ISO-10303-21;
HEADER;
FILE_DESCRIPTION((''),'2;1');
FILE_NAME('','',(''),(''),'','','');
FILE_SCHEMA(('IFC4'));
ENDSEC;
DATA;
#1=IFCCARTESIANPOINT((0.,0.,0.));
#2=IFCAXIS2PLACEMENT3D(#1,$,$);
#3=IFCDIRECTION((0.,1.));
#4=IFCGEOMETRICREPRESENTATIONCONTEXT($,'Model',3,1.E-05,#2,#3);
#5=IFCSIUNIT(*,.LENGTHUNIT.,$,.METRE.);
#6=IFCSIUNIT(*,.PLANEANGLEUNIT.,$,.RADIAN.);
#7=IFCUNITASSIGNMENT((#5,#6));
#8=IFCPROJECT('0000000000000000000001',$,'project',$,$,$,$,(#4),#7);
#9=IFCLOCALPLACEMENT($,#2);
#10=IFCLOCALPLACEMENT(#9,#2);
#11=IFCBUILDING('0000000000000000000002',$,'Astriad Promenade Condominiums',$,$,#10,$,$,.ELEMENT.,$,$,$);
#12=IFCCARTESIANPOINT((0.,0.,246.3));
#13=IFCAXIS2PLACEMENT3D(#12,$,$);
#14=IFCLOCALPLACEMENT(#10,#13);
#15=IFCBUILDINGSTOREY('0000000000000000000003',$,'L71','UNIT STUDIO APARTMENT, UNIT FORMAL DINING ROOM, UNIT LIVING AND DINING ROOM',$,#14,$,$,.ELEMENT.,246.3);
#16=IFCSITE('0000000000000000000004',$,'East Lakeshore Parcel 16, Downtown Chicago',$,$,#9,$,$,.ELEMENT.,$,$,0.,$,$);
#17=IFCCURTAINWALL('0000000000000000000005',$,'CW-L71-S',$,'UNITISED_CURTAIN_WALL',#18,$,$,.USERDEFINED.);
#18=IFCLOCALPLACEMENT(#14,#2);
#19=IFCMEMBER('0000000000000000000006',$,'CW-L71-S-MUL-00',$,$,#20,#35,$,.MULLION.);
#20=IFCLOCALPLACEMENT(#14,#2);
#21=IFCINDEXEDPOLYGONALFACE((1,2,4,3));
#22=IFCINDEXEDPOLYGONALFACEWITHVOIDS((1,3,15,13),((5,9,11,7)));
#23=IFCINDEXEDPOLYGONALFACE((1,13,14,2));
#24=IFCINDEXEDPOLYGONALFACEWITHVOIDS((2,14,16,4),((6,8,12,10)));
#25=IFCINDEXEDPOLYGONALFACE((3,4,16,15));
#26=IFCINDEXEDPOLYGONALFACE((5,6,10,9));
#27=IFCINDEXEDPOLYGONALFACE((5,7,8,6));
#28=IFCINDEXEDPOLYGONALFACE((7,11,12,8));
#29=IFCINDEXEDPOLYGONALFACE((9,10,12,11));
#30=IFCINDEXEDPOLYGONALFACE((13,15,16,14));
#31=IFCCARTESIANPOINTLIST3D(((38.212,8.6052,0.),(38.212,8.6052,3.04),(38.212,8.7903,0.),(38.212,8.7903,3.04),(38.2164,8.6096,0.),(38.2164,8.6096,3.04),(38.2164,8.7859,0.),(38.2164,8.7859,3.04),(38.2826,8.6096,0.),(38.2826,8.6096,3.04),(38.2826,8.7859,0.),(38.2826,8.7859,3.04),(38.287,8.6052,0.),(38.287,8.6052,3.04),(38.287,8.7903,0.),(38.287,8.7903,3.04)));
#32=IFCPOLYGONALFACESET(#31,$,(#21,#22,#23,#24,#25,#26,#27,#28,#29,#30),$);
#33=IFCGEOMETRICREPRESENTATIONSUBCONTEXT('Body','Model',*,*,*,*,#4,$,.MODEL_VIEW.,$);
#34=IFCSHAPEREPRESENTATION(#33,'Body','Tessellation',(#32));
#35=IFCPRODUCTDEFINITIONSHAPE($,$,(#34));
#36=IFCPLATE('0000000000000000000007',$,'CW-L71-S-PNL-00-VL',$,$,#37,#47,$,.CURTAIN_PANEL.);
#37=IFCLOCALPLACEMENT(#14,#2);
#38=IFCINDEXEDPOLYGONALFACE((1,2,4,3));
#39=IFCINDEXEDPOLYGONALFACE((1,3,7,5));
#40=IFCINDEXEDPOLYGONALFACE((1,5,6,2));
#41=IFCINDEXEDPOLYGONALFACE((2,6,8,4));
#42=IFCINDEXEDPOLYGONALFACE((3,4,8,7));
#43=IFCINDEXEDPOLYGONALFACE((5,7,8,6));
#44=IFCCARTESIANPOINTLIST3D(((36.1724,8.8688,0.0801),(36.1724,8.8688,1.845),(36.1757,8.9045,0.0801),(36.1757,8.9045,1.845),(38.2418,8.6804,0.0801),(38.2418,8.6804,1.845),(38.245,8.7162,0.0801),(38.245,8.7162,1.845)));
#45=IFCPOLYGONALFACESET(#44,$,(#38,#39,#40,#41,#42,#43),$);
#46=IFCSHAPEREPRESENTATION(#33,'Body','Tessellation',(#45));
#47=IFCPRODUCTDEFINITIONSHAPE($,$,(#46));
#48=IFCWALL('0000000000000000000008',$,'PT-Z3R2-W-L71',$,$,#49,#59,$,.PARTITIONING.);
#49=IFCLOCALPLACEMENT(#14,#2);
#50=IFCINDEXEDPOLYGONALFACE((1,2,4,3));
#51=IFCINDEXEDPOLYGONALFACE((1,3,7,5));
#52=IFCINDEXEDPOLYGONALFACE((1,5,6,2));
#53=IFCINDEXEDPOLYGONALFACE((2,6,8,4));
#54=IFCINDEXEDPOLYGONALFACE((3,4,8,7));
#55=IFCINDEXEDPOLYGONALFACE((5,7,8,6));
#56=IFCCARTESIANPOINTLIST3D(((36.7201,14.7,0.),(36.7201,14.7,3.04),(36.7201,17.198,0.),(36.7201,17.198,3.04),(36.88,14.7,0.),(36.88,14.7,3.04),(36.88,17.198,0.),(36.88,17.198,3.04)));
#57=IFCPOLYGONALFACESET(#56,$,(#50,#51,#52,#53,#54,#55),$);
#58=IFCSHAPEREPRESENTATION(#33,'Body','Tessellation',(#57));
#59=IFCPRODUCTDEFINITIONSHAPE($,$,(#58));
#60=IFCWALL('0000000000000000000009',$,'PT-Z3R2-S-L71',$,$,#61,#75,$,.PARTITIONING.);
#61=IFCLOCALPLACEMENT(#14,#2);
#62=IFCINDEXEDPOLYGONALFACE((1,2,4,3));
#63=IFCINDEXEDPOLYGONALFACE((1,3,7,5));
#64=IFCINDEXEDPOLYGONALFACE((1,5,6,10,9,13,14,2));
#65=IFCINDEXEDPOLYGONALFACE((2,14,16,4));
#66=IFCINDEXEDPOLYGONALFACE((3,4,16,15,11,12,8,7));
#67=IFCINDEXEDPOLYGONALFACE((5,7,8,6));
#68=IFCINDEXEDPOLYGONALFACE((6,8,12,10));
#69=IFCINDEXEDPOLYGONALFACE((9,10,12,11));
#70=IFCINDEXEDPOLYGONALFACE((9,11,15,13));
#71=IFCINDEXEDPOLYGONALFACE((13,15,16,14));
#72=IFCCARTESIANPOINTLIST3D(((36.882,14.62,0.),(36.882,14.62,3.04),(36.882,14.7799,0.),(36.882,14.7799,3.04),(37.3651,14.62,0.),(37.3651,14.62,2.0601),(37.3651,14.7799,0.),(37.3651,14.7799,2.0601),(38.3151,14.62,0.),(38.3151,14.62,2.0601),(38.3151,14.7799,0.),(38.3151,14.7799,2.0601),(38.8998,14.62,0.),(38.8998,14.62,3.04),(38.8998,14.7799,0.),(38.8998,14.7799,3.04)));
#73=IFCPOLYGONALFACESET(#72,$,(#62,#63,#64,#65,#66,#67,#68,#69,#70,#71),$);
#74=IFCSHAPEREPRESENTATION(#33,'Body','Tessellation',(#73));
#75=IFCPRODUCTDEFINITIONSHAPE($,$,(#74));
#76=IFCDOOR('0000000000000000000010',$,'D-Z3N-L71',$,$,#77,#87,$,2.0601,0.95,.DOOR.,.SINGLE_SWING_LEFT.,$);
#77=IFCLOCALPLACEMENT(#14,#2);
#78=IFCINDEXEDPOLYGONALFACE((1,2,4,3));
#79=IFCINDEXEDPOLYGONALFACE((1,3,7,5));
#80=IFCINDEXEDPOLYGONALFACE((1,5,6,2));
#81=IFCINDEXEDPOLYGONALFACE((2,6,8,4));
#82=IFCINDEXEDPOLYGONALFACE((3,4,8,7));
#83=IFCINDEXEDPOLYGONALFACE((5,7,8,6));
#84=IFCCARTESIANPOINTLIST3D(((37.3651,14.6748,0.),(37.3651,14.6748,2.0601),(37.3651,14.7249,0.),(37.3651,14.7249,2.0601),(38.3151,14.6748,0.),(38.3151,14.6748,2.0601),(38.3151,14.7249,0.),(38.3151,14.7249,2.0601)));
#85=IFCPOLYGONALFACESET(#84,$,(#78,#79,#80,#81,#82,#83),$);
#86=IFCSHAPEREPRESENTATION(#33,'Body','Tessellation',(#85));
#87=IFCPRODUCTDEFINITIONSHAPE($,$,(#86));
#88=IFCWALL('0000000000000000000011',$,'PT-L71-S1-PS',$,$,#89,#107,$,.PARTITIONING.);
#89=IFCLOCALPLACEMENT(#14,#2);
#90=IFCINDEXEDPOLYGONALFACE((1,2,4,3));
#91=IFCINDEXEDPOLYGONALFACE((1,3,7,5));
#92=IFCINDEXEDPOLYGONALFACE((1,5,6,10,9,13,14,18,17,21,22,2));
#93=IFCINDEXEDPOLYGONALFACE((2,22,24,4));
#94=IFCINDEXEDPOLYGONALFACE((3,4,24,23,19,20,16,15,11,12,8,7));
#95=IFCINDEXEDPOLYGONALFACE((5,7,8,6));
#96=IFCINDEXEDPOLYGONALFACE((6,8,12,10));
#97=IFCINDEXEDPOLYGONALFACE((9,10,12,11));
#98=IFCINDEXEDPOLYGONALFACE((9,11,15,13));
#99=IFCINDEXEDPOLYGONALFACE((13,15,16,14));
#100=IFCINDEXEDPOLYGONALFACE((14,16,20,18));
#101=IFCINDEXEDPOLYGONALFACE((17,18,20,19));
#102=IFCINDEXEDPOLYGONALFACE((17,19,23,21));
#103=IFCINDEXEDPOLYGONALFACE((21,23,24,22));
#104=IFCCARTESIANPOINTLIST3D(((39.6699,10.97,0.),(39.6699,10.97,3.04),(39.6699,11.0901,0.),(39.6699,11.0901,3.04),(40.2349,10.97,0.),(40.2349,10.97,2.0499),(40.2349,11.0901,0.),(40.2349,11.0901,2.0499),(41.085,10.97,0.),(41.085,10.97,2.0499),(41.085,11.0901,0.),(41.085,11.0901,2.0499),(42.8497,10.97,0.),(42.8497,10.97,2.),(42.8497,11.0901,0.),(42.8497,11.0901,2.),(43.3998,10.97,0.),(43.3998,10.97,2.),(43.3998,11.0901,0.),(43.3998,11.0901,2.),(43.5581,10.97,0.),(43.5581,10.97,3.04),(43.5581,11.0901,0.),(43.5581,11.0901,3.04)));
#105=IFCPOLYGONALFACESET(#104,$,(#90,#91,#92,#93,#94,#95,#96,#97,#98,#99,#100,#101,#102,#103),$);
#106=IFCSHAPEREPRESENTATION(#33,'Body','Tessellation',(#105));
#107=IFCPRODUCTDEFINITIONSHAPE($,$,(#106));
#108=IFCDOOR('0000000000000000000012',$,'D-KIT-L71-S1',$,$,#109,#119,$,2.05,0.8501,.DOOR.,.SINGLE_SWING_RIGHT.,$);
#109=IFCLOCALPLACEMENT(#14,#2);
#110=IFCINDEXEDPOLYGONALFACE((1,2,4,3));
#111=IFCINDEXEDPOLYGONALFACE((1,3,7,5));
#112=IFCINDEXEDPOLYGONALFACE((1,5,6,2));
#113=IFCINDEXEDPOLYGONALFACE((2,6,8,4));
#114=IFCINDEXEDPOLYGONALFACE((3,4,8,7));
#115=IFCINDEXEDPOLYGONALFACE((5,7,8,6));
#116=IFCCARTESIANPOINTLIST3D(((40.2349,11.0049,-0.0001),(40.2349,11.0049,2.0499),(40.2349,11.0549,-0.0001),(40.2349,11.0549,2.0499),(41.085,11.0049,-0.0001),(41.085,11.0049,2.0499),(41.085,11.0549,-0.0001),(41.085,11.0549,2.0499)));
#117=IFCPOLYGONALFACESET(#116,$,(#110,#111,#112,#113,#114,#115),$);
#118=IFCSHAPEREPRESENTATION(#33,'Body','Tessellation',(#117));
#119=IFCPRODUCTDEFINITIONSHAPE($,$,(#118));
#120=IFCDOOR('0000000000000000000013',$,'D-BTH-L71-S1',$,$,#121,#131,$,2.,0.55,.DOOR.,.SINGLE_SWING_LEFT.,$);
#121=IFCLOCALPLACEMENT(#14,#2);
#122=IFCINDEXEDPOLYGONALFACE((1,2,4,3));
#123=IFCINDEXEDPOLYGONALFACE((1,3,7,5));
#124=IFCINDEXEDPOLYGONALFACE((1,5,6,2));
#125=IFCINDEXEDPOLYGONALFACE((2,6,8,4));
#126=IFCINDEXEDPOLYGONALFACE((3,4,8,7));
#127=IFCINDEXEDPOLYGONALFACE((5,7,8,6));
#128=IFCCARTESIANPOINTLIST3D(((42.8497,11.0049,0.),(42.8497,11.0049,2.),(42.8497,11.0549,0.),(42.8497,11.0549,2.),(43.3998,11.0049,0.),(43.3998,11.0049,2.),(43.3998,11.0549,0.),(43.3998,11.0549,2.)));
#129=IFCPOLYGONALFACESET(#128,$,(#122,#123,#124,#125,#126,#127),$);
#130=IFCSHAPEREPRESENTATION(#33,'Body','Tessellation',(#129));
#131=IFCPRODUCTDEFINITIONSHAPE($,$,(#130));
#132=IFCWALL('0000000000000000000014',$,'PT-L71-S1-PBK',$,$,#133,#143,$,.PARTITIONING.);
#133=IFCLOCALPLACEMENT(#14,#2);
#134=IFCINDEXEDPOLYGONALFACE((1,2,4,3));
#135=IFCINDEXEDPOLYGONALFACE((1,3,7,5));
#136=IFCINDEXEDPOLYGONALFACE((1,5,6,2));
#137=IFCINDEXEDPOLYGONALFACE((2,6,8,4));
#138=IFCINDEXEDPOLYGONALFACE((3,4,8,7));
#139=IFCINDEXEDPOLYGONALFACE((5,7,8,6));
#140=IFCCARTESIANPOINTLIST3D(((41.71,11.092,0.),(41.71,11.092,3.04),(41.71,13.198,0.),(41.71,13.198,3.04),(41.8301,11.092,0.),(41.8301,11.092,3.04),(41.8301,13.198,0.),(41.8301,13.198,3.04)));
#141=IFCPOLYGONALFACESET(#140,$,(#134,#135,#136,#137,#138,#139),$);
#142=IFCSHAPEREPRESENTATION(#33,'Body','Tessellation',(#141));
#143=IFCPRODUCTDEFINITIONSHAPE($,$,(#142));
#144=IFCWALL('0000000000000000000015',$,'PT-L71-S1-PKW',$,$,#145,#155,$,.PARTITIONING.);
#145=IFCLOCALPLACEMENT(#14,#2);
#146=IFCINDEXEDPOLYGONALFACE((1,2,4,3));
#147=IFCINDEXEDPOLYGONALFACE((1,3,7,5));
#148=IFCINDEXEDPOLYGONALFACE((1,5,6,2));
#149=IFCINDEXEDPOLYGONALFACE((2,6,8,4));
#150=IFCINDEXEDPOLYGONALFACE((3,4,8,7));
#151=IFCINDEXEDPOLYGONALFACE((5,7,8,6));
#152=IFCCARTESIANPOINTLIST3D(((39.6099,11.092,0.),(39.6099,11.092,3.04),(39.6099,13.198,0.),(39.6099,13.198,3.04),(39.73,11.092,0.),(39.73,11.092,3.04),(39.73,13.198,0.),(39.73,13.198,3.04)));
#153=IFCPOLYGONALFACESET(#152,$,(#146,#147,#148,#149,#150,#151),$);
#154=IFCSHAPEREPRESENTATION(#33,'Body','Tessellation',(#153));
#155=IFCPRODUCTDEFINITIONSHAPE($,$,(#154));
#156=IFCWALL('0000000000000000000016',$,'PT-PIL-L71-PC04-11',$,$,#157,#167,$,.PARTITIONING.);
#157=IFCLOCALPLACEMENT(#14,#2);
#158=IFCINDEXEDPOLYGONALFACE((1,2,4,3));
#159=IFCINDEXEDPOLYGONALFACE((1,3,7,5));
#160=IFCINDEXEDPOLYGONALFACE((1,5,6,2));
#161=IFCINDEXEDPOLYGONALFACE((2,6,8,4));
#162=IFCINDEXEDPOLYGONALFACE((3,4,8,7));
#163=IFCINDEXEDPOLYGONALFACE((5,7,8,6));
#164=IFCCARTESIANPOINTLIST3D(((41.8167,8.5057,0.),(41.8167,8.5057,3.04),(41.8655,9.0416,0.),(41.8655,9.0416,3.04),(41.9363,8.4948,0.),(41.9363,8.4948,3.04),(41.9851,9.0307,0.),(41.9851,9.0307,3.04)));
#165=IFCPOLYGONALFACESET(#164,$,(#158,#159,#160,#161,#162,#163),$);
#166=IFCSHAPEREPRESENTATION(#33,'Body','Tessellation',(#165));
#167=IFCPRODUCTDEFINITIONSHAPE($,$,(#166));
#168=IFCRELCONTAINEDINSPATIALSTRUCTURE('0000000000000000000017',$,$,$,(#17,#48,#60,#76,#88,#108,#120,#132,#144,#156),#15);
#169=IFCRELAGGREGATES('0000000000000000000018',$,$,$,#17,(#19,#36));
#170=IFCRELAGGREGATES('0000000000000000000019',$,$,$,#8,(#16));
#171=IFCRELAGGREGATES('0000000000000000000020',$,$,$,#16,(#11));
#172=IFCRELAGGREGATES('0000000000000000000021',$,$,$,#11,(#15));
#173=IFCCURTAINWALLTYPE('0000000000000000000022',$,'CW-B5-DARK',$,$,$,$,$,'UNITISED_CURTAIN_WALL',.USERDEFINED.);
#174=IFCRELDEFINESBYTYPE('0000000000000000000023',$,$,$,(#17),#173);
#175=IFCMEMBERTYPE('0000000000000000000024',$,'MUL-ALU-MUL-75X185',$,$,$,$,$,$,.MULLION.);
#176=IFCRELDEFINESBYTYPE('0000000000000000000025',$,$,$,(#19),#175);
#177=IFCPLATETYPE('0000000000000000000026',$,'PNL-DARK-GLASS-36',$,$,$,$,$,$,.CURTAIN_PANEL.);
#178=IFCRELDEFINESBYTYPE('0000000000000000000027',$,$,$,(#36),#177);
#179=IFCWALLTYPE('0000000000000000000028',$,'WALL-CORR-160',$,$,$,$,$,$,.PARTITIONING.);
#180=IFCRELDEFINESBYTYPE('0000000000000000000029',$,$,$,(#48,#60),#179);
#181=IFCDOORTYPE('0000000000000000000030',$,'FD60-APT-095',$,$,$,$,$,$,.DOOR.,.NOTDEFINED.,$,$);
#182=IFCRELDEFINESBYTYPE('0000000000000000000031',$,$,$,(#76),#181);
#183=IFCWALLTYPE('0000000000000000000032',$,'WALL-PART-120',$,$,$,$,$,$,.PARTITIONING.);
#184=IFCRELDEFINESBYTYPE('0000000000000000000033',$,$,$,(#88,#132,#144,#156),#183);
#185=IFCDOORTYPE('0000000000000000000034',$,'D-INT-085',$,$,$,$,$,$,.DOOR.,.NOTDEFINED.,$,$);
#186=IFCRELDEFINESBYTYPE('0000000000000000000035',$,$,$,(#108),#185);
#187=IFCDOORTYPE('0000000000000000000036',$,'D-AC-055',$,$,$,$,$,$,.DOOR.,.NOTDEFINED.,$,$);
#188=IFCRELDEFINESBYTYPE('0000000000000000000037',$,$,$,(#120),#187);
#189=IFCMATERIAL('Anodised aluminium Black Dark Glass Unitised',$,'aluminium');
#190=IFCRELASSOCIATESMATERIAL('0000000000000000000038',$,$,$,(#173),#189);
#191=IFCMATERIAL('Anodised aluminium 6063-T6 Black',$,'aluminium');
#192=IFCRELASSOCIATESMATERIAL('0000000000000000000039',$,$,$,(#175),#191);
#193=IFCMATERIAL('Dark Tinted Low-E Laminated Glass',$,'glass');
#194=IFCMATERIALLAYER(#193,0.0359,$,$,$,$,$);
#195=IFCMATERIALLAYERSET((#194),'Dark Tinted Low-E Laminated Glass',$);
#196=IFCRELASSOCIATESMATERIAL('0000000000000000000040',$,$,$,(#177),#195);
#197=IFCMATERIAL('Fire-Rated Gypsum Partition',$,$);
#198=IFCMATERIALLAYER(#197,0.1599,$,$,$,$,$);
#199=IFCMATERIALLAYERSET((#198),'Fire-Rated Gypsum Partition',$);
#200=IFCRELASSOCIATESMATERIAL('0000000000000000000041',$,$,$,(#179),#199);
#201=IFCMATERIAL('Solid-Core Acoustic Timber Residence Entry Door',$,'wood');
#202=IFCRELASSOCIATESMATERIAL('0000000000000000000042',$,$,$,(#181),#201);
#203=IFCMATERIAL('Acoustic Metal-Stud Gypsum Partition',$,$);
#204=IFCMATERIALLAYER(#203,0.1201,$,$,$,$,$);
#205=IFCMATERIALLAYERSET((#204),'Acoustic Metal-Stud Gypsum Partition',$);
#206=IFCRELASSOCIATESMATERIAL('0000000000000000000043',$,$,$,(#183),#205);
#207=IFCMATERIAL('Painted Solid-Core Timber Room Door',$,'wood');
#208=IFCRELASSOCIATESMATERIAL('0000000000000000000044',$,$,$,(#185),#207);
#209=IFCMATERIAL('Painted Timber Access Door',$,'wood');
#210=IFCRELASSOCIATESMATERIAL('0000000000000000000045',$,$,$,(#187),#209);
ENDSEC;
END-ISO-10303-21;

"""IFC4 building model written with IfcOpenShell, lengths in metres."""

from ifc_helpers import new_model, si_unit, direction, frame, frame_2d, origin, origin_2d, place, context, subcontext, project, spatial, rectangle, hollow_rectangle, extrude, source, transform, mapped, material, layer, layer_set, material_profile, profile_set, type_object, type_shapes, element, fill, aggregate, save


model = new_model("IFC4")

# Units and contexts
model_context = context("Model", 3, precision=1e-05, world=origin(), true_north=direction((0.0, 1.0)))
body_context = subcontext(model_context, "Body", "Model", "MODEL_VIEW")
ifc_project = project(units=[si_unit("LENGTHUNIT", "METRE"), si_unit("PLANEANGLEUNIT", "RADIAN")], contexts=[model_context])

# Site, building, storey
site_placement = place(None, origin())
site = spatial("IfcSite", under=ifc_project, at=site_placement, Name="East Lakeshore Parcel 16, Downtown Chicago", CompositionType="ELEMENT", RefElevation=0.0)
building_placement = place(site_placement, origin())
building = spatial("IfcBuilding", under=site, at=building_placement, Name="Astriad Promenade Condominiums", CompositionType="ELEMENT")
storey_placement = place(building_placement, frame((0.0, 0.0, 246.3)))
storey = spatial("IfcBuildingStorey", under=building, at=storey_placement, Name="L71", Description="UNIT STUDIO APARTMENT, UNIT FORMAL DINING ROOM, UNIT LIVING AND DINING ROOM", CompositionType="ELEMENT", Elevation=246.3)

# Curtain wall, member, plate
ifc_material_1 = material(Name="Anodised aluminium Black Dark Glass Unitised", Category="aluminium")
curtain_wall_type = type_object("IfcCurtainWallType", Name="CW-B5-DARK", ElementType="UNITISED_CURTAIN_WALL", PredefinedType="USERDEFINED", material=ifc_material_1)
curtain_wall_placement = place(storey_placement, origin())
curtain_wall = element("IfcCurtainWall", 1, at=curtain_wall_placement, inside=storey, type_object=curtain_wall_type, Name="CW-L71-S", ObjectType="UNITISED_CURTAIN_WALL", PredefinedType="USERDEFINED")
ifc_material_2 = material(Name="Anodised aluminium 6063-T6 Black", Category="aluminium")
ifc_material_profile_1 = material_profile(ifc_material_2, hollow_rectangle(XDim=0.075, YDim=0.1851, WallThickness=0.0044, at=origin_2d()), Name="ALU-MUL-75X185")
ifc_profile_set_1 = profile_set([ifc_material_profile_1], Name="Anodised aluminium 6063-T6 Black")
member_type_1 = type_object("IfcMemberType", Name="MUL-ALU-MUL-75X185", PredefinedType="MULLION", material=ifc_profile_set_1)
shared_shape_1 = source(origin(), body_context, "Body", "SweptSolid", [
    extrude(hollow_rectangle(XDim=0.075, YDim=0.1851, WallThickness=0.0044, at=origin_2d()), origin(), (0.0, 0.0, 1.0), 3.04),
])
type_shapes(member_type_1, [shared_shape_1])
member_1_placement = place(storey_placement, frame((38.2495, 8.6978, 0.0), z_axis=(0.0, 0.0, 1.0), x_axis=(1.0, 0.0, 0.0)))
member_1 = element("IfcMember", 2, at=member_1_placement, type_object=member_type_1, Name="CW-L71-S-MUL-00", PredefinedType="MULLION", context=body_context, shape_type="MappedRepresentation", body=[
    mapped(shared_shape_1, transform((0.0, 0.0, 0.0), scale=1.0)),
])
ifc_material_3 = material(Name="Dark Tinted Low-E Laminated Glass", Category="glass")
ifc_layer_1 = layer(ifc_material_3, 0.0359)
ifc_layer_set_1 = layer_set([ifc_layer_1], Name="Dark Tinted Low-E Laminated Glass")
plate_type = type_object("IfcPlateType", Name="PNL-DARK-GLASS-36", PredefinedType="CURTAIN_PANEL", material=ifc_layer_set_1)
shared_shape_2 = source(origin(), body_context, "Body", "SweptSolid", [
    extrude(rectangle(XDim=2.0779, YDim=0.0359, at=origin_2d()), origin(), (0.0, 0.0, 1.0), 1.7649),
])
type_shapes(plate_type, [shared_shape_2])
plate_placement = place(storey_placement, frame((37.2087, 8.7925, 0.0801), z_axis=(0.0, 0.0, 1.0), x_axis=(-0.995884, 0.090633, 0.0)))
plate = element("IfcPlate", 3, at=plate_placement, type_object=plate_type, Name="CW-L71-S-PNL-00-VL", PredefinedType="CURTAIN_PANEL", context=body_context, shape_type="MappedRepresentation", body=[
    mapped(shared_shape_2, transform((0.0, 0.0, 0.0), scale=1.0)),
])
aggregate(curtain_wall, [member_1, plate])

# Wall
ifc_material_4 = material(Name="Fire-Rated Gypsum Partition")
ifc_layer_2 = layer(ifc_material_4, 0.1599)
ifc_layer_set_2 = layer_set([ifc_layer_2], Name="Fire-Rated Gypsum Partition")
wall_type_1 = type_object("IfcWallType", Name="WALL-CORR-160", PredefinedType="PARTITIONING", material=ifc_layer_set_2)
wall_1_placement = place(storey_placement, frame((36.8, 14.7, 0.0), z_axis=(0.0, 0.0, 1.0), x_axis=(0.0, 1.0, 0.0)))
element("IfcWall", 4, at=wall_1_placement, inside=storey, type_object=wall_type_1, Name="PT-Z3R2-W-L71", PredefinedType="PARTITIONING", context=body_context, shape_type="SweptSolid", body=[
    extrude(rectangle(XDim=2.498, YDim=0.1599, at=frame_2d((1.249, 0.0))), origin(), (0.0, 0.0, 1.0), 3.04),
])

# Wall, opening, door
wall_2_placement = place(storey_placement, frame((36.8821, 14.7, 0.0), z_axis=(0.0, 0.0, 1.0), x_axis=(1.0, 0.0, 0.0)))
wall_2 = element("IfcWall", 5, at=wall_2_placement, inside=storey, type_object=wall_type_1, Name="PT-Z3R2-S-L71", PredefinedType="PARTITIONING", context=body_context, shape_type="SweptSolid", body=[
    extrude(rectangle(XDim=2.0178, YDim=0.1599, at=frame_2d((1.0088, 0.0))), origin(), (0.0, 0.0, 1.0), 3.04),
])
opening_1_placement = place(wall_2_placement, frame((0.4829, 0.0, 0.0)))
opening_1 = element("IfcOpeningElement", 6, at=opening_1_placement, cuts=wall_2, PredefinedType="OPENING", context=body_context, shape_type="SweptSolid", body=[
    extrude(rectangle(XDim=0.95, YDim=2.0601, at=frame_2d((0.4751, 1.03))), frame((0.0, 0.0898, 0.0), z_axis=(0.0, -1.0, 0.0), x_axis=(1.0, 0.0, 0.0)), (0.0, 0.0, 1.0), 0.1799),
])
ifc_material_5 = material(Name="Solid-Core Acoustic Timber Residence Entry Door", Category="wood")
door_type_1 = type_object("IfcDoorType", Name="FD60-APT-095", OperationType="NOTDEFINED", PredefinedType="DOOR", material=ifc_material_5)
shared_shape_3 = source(origin(), body_context, "Body", "SweptSolid", [
    extrude(rectangle(XDim=0.95, YDim=2.0601, at=frame_2d((0.4751, 1.03))), frame((0.0, 0.0249, 0.0), z_axis=(0.0, -1.0, 0.0), x_axis=(1.0, 0.0, 0.0)), (0.0, 0.0, 1.0), 0.05),
])
type_shapes(door_type_1, [shared_shape_3])
door_1_placement = place(opening_1_placement, origin())
door_1 = element("IfcDoor", 7, at=door_1_placement, inside=storey, type_object=door_type_1, Name="D-Z3N-L71", OperationType="SINGLE_SWING_LEFT", OverallHeight=2.0601, OverallWidth=0.95, PredefinedType="DOOR", context=body_context, shape_type="MappedRepresentation", body=[
    mapped(shared_shape_3, transform((0.0, 0.0, 0.0), scale=1.0)),
])
fill(opening_1, door_1)

# Wall, openings, doors
ifc_material_6 = material(Name="Acoustic Metal-Stud Gypsum Partition")
ifc_layer_3 = layer(ifc_material_6, 0.1201)
ifc_layer_set_3 = layer_set([ifc_layer_3], Name="Acoustic Metal-Stud Gypsum Partition")
wall_type_2 = type_object("IfcWallType", Name="WALL-PART-120", PredefinedType="PARTITIONING", material=ifc_layer_set_3)
wall_3_placement = place(storey_placement, frame((39.6699, 11.03, 0.0), z_axis=(0.0, 0.0, 1.0), x_axis=(1.0, 0.0, 0.0)))
wall_3 = element("IfcWall", 8, at=wall_3_placement, inside=storey, type_object=wall_type_2, Name="PT-L71-S1-PS", PredefinedType="PARTITIONING", context=body_context, shape_type="SweptSolid", body=[
    extrude(rectangle(XDim=3.8882, YDim=0.1201, at=frame_2d((1.9441, 0.0))), origin(), (0.0, 0.0, 1.0), 3.04),
])
opening_2_placement = place(wall_3_placement, frame((0.5649, 0.0, 0.0)))
opening_2 = element("IfcOpeningElement", 9, at=opening_2_placement, cuts=wall_3, PredefinedType="OPENING", context=body_context, shape_type="SweptSolid", body=[
    extrude(rectangle(XDim=0.8501, YDim=2.05, at=frame_2d((0.425, 1.0249))), frame((0.0, 0.0701, 0.0), z_axis=(0.0, -1.0, 0.0), x_axis=(1.0, 0.0, 0.0)), (0.0, 0.0, 1.0), 0.1401),
])
opening_3_placement = place(wall_3_placement, frame((3.1799, 0.0, 0.0)))
opening_3 = element("IfcOpeningElement", 10, at=opening_3_placement, cuts=wall_3, PredefinedType="OPENING", context=body_context, shape_type="SweptSolid", body=[
    extrude(rectangle(XDim=0.55, YDim=2.0, at=frame_2d((0.2749, 1.0))), frame((0.0, 0.0701, 0.0), z_axis=(0.0, -1.0, 0.0), x_axis=(1.0, 0.0, 0.0)), (0.0, 0.0, 1.0), 0.1401),
])
ifc_material_7 = material(Name="Painted Solid-Core Timber Room Door", Category="wood")
door_type_2 = type_object("IfcDoorType", Name="D-INT-085", OperationType="NOTDEFINED", PredefinedType="DOOR", material=ifc_material_7)
shared_shape_4 = source(origin(), body_context, "Body", "SweptSolid", [
    extrude(rectangle(XDim=0.8501, YDim=2.05, at=frame_2d((0.425, 1.0249))), frame((0.0, 0.0249, 0.0), z_axis=(0.0, -1.0, 0.0), x_axis=(1.0, 0.0, 0.0)), (0.0, 0.0, 1.0), 0.05),
])
type_shapes(door_type_2, [shared_shape_4])
door_2_placement = place(opening_2_placement, origin())
door_2 = element("IfcDoor", 11, at=door_2_placement, inside=storey, type_object=door_type_2, Name="D-KIT-L71-S1", OperationType="SINGLE_SWING_RIGHT", OverallHeight=2.05, OverallWidth=0.8501, PredefinedType="DOOR", context=body_context, shape_type="MappedRepresentation", body=[
    mapped(shared_shape_4, transform((0.0, 0.0, 0.0), scale=1.0)),
])
fill(opening_2, door_2)
ifc_material_8 = material(Name="Painted Timber Access Door", Category="wood")
door_type_3 = type_object("IfcDoorType", Name="D-AC-055", OperationType="NOTDEFINED", PredefinedType="DOOR", material=ifc_material_8)
shared_shape_5 = source(origin(), body_context, "Body", "SweptSolid", [
    extrude(rectangle(XDim=0.55, YDim=2.0, at=frame_2d((0.2749, 1.0))), frame((0.0, 0.0249, 0.0), z_axis=(0.0, -1.0, 0.0), x_axis=(1.0, 0.0, 0.0)), (0.0, 0.0, 1.0), 0.05),
])
type_shapes(door_type_3, [shared_shape_5])
door_3_placement = place(opening_3_placement, origin())
door_3 = element("IfcDoor", 12, at=door_3_placement, inside=storey, type_object=door_type_3, Name="D-BTH-L71-S1", OperationType="SINGLE_SWING_LEFT", OverallHeight=2.0, OverallWidth=0.55, PredefinedType="DOOR", context=body_context, shape_type="MappedRepresentation", body=[
    mapped(shared_shape_5, transform((0.0, 0.0, 0.0), scale=1.0)),
])
fill(opening_3, door_3)

# Walls
for number, where, z_axis, x_axis, name in (
    (13, (41.77, 11.092, 0.0), (0.0, 0.0, 1.0), (0.0, 1.0, 0.0), "PT-L71-S1-PBK"),
    (14, (39.6699, 11.092, 0.0), (0.0, 0.0, 1.0), (0.0, 1.0, 0.0), "PT-L71-S1-PKW"),
):
    element("IfcWall", number, at=place(storey_placement, frame(where, z_axis=z_axis, x_axis=x_axis)), inside=storey, type_object=wall_type_2, Name=name, PredefinedType="PARTITIONING", context=body_context, shape_type="SweptSolid", body=[
        extrude(rectangle(XDim=2.106, YDim=0.1201, at=frame_2d((1.053, 0.0))), origin(), (0.0, 0.0, 1.0), 3.04),
    ])
wall_4_placement = place(storey_placement, frame((41.9253, 9.0361, 0.0), z_axis=(0.0, 0.0, 1.0), x_axis=(-0.09074, -0.995875, 0.0)))
element("IfcWall", 15, at=wall_4_placement, inside=storey, type_object=wall_type_2, Name="PT-PIL-L71-PC04-11", PredefinedType="PARTITIONING", context=body_context, shape_type="SweptSolid", body=[
    extrude(rectangle(XDim=0.5381, YDim=0.1201, at=frame_2d((0.269, 0.0))), origin(), (0.0, 0.0, 1.0), 3.04),
])

save(model, "model.ifc")
